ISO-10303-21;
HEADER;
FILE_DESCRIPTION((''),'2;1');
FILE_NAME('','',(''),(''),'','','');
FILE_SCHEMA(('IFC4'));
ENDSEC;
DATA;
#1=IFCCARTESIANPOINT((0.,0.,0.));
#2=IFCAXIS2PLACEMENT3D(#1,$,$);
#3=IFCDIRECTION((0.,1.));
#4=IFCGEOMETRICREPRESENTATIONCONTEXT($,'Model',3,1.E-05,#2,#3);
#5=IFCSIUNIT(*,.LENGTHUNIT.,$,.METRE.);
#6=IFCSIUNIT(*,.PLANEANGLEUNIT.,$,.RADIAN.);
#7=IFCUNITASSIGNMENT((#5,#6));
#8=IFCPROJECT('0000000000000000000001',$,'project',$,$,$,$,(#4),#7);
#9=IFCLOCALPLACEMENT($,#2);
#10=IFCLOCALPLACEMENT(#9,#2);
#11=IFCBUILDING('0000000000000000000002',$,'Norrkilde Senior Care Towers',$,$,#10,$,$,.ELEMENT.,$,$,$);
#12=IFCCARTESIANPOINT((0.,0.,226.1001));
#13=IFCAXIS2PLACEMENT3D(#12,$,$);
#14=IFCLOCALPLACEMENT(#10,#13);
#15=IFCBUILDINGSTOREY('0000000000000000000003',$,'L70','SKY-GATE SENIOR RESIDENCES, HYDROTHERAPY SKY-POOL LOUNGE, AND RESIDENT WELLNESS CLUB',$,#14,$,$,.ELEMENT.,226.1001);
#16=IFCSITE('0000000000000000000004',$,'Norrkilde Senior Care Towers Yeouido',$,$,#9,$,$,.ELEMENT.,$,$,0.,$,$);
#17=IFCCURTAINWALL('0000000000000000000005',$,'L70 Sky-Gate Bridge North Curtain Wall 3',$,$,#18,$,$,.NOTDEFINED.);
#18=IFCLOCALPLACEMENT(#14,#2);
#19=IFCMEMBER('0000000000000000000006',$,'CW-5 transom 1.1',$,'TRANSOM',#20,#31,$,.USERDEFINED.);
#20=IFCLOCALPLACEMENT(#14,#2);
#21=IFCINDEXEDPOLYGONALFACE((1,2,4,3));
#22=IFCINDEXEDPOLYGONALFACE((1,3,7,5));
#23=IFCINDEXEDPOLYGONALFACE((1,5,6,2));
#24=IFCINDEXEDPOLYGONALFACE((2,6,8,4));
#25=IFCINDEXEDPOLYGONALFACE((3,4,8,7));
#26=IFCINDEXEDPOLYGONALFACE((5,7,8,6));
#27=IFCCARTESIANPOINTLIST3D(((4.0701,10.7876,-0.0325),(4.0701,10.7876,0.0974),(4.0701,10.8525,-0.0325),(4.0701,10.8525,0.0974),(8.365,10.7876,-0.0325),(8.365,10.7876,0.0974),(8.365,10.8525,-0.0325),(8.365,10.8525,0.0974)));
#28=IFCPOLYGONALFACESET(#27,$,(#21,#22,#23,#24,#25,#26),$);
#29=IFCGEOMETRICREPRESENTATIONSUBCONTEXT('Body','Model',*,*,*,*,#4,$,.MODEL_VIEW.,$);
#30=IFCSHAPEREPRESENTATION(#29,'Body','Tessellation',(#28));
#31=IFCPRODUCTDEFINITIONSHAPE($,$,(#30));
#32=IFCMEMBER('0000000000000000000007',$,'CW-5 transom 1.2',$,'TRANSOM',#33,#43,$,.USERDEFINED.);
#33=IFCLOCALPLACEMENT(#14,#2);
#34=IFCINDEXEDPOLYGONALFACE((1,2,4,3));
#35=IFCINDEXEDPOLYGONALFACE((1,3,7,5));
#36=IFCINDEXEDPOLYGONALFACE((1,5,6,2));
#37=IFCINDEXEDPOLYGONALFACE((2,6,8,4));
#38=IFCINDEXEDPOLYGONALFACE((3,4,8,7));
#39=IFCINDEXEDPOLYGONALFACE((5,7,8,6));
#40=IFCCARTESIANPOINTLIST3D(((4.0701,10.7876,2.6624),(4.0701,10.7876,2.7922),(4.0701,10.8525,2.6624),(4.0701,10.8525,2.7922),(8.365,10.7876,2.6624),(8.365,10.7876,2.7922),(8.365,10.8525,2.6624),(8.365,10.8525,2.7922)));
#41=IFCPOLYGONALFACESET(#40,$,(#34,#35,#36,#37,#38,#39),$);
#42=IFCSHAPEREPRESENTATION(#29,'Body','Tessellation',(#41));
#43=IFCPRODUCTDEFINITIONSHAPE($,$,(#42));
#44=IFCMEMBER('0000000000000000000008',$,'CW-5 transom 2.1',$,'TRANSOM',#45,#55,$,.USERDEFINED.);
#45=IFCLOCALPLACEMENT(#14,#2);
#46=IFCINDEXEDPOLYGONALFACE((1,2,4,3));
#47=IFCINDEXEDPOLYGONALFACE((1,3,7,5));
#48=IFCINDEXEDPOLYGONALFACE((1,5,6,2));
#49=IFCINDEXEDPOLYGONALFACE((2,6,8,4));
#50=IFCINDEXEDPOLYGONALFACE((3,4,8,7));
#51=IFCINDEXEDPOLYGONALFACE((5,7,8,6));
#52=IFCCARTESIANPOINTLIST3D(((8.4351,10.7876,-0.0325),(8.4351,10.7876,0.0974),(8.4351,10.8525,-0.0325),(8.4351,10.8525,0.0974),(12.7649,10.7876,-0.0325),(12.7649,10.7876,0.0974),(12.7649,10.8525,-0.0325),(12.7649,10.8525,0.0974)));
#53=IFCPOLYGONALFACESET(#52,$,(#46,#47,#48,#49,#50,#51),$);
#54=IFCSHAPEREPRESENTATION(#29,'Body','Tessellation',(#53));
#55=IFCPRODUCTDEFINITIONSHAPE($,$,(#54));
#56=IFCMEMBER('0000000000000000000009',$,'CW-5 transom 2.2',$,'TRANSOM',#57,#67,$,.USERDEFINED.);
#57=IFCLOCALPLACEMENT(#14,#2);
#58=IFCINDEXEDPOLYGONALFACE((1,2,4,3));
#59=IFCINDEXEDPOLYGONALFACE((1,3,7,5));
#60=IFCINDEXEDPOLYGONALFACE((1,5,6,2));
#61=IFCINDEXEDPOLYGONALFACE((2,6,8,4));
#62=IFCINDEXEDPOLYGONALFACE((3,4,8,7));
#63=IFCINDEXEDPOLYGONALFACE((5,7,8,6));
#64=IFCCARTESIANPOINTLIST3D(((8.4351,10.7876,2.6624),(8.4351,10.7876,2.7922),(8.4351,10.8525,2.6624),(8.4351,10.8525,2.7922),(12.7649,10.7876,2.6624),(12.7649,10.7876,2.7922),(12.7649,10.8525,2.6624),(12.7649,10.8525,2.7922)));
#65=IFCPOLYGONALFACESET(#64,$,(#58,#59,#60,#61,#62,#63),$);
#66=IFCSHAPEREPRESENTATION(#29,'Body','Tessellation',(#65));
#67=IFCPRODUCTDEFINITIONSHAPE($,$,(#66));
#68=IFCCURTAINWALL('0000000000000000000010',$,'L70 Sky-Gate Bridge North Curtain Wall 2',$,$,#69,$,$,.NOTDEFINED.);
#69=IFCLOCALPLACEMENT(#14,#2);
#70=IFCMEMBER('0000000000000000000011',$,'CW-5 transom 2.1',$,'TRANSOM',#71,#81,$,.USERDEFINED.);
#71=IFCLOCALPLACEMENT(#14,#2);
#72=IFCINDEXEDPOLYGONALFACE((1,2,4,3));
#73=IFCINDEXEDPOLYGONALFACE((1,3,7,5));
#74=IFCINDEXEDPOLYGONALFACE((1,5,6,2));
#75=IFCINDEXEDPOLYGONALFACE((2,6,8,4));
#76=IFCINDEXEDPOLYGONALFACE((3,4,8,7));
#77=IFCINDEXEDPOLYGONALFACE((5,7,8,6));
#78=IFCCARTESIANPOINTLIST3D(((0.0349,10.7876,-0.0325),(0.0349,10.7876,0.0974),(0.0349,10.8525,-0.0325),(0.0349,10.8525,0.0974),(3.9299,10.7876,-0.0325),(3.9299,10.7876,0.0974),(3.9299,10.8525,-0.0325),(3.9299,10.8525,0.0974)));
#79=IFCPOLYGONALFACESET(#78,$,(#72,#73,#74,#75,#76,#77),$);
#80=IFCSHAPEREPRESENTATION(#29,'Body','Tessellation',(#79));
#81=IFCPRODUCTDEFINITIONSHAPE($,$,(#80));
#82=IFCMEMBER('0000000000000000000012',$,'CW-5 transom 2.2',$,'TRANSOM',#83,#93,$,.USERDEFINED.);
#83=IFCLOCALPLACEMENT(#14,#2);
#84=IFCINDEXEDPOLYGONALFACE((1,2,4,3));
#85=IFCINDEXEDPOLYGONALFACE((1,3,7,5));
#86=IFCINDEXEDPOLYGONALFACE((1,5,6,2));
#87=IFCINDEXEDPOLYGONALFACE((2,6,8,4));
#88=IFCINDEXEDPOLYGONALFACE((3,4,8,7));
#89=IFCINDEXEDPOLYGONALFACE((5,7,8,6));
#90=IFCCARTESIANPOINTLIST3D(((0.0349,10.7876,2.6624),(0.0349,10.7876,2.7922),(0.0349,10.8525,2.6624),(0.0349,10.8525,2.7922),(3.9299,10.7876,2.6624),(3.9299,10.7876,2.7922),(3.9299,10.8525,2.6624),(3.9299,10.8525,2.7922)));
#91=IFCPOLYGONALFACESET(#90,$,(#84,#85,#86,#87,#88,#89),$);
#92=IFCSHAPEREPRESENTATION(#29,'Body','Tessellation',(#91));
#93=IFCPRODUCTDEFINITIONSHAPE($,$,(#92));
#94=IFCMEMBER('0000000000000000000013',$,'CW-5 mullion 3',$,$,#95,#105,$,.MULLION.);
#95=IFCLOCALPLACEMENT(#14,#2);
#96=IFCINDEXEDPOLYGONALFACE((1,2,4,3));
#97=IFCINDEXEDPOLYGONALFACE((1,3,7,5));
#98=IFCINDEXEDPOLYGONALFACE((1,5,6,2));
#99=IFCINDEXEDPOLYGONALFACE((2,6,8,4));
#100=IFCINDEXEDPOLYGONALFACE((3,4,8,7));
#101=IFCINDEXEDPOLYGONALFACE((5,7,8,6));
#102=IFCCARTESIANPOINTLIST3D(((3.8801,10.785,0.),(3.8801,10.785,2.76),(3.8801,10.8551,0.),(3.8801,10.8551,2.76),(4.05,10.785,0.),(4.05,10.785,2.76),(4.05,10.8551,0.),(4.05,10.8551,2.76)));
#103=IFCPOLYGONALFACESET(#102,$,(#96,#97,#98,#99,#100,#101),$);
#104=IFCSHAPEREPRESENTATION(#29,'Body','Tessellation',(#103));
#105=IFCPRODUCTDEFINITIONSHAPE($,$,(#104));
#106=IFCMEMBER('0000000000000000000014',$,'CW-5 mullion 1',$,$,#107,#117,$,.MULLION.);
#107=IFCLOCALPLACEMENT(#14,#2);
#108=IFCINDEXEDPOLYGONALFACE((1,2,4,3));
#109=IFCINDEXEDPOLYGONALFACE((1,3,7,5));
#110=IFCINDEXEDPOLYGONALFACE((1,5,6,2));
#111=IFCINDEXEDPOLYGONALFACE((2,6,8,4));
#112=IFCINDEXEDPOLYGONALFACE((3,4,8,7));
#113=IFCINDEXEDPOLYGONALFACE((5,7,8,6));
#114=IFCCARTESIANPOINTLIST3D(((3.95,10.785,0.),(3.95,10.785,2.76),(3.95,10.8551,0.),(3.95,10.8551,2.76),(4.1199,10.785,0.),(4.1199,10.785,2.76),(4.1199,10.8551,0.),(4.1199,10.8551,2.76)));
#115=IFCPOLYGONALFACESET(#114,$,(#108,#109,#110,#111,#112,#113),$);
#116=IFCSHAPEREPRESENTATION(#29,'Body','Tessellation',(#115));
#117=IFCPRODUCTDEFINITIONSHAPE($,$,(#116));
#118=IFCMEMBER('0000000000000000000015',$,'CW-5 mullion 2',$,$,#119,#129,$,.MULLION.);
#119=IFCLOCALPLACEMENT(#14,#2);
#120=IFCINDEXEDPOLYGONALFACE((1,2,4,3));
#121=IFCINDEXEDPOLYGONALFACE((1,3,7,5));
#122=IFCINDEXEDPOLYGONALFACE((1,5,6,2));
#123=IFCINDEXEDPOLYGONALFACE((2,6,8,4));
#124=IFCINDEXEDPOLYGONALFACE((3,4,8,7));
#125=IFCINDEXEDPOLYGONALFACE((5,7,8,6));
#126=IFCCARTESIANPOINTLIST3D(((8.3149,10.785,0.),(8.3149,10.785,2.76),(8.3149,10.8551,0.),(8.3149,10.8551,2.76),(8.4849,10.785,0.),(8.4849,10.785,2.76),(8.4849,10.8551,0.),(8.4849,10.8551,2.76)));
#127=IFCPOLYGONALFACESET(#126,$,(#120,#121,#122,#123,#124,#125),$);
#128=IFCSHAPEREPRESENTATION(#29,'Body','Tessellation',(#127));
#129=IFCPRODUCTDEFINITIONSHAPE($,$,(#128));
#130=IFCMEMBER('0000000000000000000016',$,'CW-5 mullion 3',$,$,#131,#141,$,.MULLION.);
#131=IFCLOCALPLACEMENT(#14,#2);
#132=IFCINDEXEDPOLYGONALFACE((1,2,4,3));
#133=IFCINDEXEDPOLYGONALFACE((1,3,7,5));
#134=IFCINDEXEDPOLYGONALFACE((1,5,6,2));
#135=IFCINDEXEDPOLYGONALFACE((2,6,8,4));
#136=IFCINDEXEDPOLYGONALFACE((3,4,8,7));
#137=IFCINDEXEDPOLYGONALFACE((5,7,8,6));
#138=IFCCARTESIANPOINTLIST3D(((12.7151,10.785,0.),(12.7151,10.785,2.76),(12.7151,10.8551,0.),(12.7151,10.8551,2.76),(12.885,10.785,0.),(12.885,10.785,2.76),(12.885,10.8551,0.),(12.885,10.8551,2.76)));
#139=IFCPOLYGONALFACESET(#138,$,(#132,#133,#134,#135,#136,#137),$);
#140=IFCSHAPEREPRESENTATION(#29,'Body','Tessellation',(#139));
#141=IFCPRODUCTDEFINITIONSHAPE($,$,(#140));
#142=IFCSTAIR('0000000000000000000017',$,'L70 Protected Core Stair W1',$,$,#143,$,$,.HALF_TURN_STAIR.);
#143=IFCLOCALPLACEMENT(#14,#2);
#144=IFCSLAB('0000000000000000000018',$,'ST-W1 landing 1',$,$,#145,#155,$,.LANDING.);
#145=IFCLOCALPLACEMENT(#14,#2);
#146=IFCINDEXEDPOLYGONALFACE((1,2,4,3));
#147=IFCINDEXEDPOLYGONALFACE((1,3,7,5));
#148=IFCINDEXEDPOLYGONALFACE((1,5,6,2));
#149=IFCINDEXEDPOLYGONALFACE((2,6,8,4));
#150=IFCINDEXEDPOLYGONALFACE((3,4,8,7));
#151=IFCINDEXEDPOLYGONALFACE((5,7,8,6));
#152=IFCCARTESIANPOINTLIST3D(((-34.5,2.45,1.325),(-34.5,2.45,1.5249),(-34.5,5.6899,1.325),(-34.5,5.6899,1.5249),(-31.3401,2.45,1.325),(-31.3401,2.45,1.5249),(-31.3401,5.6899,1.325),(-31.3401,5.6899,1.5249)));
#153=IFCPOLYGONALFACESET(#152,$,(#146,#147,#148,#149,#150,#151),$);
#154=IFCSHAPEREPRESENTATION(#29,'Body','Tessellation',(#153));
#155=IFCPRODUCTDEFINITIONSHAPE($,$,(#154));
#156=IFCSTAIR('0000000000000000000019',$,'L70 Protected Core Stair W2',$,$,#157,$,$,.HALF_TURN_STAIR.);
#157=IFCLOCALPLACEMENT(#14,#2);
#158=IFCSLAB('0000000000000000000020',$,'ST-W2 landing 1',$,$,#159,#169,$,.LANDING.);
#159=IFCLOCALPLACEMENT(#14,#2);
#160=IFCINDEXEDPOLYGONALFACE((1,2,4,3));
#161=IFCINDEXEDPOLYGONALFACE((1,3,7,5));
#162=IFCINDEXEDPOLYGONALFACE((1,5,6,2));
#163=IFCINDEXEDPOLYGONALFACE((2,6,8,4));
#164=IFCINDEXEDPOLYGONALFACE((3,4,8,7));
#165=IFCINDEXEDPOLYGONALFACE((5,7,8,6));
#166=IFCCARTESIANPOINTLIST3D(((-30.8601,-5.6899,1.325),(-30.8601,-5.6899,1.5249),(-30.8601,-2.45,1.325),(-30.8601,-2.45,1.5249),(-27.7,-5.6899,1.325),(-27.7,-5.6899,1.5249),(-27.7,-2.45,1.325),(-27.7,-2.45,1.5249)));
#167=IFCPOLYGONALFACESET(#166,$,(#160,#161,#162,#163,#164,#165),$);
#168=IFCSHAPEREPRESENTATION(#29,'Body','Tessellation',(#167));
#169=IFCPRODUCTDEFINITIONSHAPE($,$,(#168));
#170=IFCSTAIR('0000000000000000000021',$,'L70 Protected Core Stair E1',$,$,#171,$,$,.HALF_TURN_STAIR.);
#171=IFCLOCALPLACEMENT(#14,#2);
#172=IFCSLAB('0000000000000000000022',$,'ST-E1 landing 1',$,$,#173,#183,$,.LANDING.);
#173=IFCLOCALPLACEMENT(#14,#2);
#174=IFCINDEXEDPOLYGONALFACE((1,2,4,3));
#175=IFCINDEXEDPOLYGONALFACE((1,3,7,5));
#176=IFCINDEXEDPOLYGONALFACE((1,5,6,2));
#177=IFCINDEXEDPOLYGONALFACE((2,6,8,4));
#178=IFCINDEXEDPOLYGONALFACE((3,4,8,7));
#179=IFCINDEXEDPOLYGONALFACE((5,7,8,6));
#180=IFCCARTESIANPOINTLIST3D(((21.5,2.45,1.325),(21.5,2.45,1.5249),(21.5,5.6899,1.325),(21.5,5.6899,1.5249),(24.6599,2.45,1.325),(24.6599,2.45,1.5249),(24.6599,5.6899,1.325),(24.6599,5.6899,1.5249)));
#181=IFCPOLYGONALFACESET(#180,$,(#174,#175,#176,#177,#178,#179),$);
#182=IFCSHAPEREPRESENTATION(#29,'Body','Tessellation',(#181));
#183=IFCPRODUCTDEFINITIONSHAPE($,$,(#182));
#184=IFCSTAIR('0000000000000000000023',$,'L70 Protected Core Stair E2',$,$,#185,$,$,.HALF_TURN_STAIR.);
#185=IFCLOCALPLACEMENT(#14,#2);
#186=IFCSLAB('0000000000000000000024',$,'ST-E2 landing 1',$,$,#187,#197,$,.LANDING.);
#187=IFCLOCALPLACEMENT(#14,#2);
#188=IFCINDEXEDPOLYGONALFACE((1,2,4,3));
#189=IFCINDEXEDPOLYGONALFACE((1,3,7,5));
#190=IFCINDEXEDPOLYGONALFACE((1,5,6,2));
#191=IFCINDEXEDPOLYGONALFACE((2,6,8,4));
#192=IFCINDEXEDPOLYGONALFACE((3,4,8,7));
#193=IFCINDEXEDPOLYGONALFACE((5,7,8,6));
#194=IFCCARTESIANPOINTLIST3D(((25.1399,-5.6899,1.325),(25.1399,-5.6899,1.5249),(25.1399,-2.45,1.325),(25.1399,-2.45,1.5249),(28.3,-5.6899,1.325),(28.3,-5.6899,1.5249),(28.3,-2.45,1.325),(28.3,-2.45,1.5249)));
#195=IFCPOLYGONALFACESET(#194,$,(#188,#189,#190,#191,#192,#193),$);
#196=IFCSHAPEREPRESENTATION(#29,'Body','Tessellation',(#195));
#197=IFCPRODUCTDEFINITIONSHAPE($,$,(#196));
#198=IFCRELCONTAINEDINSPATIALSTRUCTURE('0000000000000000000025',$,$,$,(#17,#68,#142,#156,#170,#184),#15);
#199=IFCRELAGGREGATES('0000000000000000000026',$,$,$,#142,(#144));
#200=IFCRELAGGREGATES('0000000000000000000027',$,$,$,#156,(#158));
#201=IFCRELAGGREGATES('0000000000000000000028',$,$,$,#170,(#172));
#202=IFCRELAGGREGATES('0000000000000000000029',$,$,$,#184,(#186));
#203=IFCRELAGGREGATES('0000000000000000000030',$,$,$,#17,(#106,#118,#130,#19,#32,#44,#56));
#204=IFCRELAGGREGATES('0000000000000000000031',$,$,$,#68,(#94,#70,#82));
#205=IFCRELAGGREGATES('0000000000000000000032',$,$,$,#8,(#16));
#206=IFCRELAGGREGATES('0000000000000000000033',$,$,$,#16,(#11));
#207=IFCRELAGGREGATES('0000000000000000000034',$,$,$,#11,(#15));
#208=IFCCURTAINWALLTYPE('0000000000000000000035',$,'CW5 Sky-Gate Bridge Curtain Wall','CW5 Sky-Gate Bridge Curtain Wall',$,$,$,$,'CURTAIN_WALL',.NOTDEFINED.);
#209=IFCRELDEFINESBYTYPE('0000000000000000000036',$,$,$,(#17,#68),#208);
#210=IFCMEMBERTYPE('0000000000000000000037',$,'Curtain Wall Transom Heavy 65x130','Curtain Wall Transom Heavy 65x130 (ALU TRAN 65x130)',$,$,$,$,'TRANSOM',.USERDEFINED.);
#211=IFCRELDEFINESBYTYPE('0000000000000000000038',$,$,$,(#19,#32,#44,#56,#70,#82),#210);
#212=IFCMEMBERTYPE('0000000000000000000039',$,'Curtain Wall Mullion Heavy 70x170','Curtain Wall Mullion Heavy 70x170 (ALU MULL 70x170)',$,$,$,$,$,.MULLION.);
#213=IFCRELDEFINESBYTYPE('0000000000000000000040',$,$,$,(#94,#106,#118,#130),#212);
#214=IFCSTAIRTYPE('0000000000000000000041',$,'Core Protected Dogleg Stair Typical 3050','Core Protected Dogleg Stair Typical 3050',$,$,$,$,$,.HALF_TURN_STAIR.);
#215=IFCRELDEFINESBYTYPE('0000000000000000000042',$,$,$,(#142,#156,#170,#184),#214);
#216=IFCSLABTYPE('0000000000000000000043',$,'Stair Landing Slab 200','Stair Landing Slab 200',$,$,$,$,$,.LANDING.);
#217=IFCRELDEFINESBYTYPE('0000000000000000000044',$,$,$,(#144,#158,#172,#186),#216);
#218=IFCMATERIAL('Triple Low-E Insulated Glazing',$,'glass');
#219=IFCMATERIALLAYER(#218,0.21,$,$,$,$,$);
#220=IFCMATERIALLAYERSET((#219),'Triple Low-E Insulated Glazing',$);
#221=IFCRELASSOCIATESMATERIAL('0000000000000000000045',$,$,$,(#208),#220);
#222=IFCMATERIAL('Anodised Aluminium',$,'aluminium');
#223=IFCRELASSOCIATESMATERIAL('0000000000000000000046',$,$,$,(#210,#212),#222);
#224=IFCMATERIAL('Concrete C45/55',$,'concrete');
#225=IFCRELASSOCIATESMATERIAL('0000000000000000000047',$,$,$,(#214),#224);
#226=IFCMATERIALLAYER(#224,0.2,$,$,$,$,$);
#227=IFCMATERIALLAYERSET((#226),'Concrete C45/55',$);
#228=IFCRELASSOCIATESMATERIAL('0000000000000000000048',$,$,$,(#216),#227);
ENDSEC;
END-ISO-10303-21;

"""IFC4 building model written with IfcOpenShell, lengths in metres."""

from ifc_helpers import new_model, si_unit, direction, frame, origin, origin_2d, place, context, subcontext, project, spatial, polyline, rectangle, outline, extrude, source, transform, mapped, material, layer, layer_set, material_profile, profile_set, type_object, type_shapes, element, aggregate, save


model = new_model("IFC4")

# Units and contexts
model_context = context("Model", 3, precision=1e-05, world=origin(), true_north=direction((0.0, 1.0)))
body_context = subcontext(model_context, "Body", "Model", "MODEL_VIEW")
ifc_project = project(units=[si_unit("LENGTHUNIT", "METRE"), si_unit("PLANEANGLEUNIT", "RADIAN")], contexts=[model_context])

# Site, building, storey
site_placement = place(None, origin())
site = spatial("IfcSite", under=ifc_project, at=site_placement, Name="Norrkilde Senior Care Towers Yeouido", CompositionType="ELEMENT", RefElevation=0.0)
building_placement = place(site_placement, origin())
building = spatial("IfcBuilding", under=site, at=building_placement, Name="Norrkilde Senior Care Towers", CompositionType="ELEMENT")
storey_placement = place(building_placement, frame((0.0, 0.0, 226.1001)))
storey = spatial("IfcBuildingStorey", under=building, at=storey_placement, Name="L70", Description="SKY-GATE SENIOR RESIDENCES, HYDROTHERAPY SKY-POOL LOUNGE, AND RESIDENT WELLNESS CLUB", CompositionType="ELEMENT", Elevation=226.1001)

# Curtain walls, members
ifc_material_1 = material(Name="Triple Low-E Insulated Glazing", Category="glass")
ifc_layer_1 = layer(ifc_material_1, 0.21)
ifc_layer_set_1 = layer_set([ifc_layer_1], Name="Triple Low-E Insulated Glazing")
curtain_wall_type = type_object("IfcCurtainWallType", Name="CW5 Sky-Gate Bridge Curtain Wall", Description="CW5 Sky-Gate Bridge Curtain Wall", ElementType="CURTAIN_WALL", PredefinedType="NOTDEFINED", material=ifc_layer_set_1)
curtain_wall_1_placement = place(storey_placement, origin())
curtain_wall_1 = element("IfcCurtainWall", 1, at=curtain_wall_1_placement, inside=storey, type_object=curtain_wall_type, Name="L70 Sky-Gate Bridge North Curtain Wall 3", PredefinedType="NOTDEFINED")
ifc_material_2 = material(Name="Anodised Aluminium", Category="aluminium")
ifc_material_profile_1 = material_profile(ifc_material_2, rectangle(XDim=0.0649, YDim=0.1299, at=origin_2d()), Name="ALU TRAN 65x130")
ifc_profile_set_1 = profile_set([ifc_material_profile_1], Name="Anodised Aluminium")
member_type_1 = type_object("IfcMemberType", Name="Curtain Wall Transom Heavy 65x130", Description="Curtain Wall Transom Heavy 65x130 (ALU TRAN 65x130)", ElementType="TRANSOM", PredefinedType="USERDEFINED", material=ifc_profile_set_1)
shared_shape_1 = source(origin(), body_context, "Body", "SweptSolid", [
    extrude(rectangle(XDim=0.0649, YDim=0.1299, at=origin_2d()), origin(), (0.0, 0.0, 1.0), 4.2949),
])
member_1_placement = place(storey_placement, frame((4.0701, 10.8201, 0.0325), z_axis=(1.0, 0.0, 0.0), x_axis=(0.0, 1.0, 0.0)))
member_1 = element("IfcMember", 2, at=member_1_placement, type_object=member_type_1, Name="CW-5 transom 1.1", ObjectType="TRANSOM", PredefinedType="USERDEFINED", context=body_context, shape_type="MappedRepresentation", body=[
    mapped(shared_shape_1, transform((0.0, 0.0, 0.0), x_axis=(1.0, 0.0, 0.0), y_axis=(0.0, 1.0, 0.0), z_axis=(0.0, 0.0, 1.0), scale=1.0)),
])
member_2_placement = place(storey_placement, frame((4.0701, 10.8201, 2.7273), z_axis=(1.0, 0.0, 0.0), x_axis=(0.0, 1.0, 0.0)))
member_2 = element("IfcMember", 3, at=member_2_placement, type_object=member_type_1, Name="CW-5 transom 1.2", ObjectType="TRANSOM", PredefinedType="USERDEFINED", context=body_context, shape_type="MappedRepresentation", body=[
    mapped(shared_shape_1, transform((0.0, 0.0, 0.0), x_axis=(1.0, 0.0, 0.0), y_axis=(0.0, 1.0, 0.0), z_axis=(0.0, 0.0, 1.0), scale=1.0)),
])
shared_shape_2 = source(origin(), body_context, "Body", "SweptSolid", [
    extrude(rectangle(XDim=0.0649, YDim=0.1299, at=origin_2d()), origin(), (0.0, 0.0, 1.0), 4.3298),
])
member_3_placement = place(storey_placement, frame((8.4351, 10.8201, 0.0325), z_axis=(1.0, 0.0, 0.0), x_axis=(0.0, 1.0, 0.0)))
member_3 = element("IfcMember", 4, at=member_3_placement, type_object=member_type_1, Name="CW-5 transom 2.1", ObjectType="TRANSOM", PredefinedType="USERDEFINED", context=body_context, shape_type="MappedRepresentation", body=[
    mapped(shared_shape_2, transform((0.0, 0.0, 0.0), x_axis=(1.0, 0.0, 0.0), y_axis=(0.0, 1.0, 0.0), z_axis=(0.0, 0.0, 1.0), scale=1.0)),
])
member_4_placement = place(storey_placement, frame((8.4351, 10.8201, 2.7273), z_axis=(1.0, 0.0, 0.0), x_axis=(0.0, 1.0, 0.0)))
member_4 = element("IfcMember", 5, at=member_4_placement, type_object=member_type_1, Name="CW-5 transom 2.2", ObjectType="TRANSOM", PredefinedType="USERDEFINED", context=body_context, shape_type="MappedRepresentation", body=[
    mapped(shared_shape_2, transform((0.0, 0.0, 0.0), x_axis=(1.0, 0.0, 0.0), y_axis=(0.0, 1.0, 0.0), z_axis=(0.0, 0.0, 1.0), scale=1.0)),
])
curtain_wall_2_placement = place(storey_placement, origin())
curtain_wall_2 = element("IfcCurtainWall", 6, at=curtain_wall_2_placement, inside=storey, type_object=curtain_wall_type, Name="L70 Sky-Gate Bridge North Curtain Wall 2", PredefinedType="NOTDEFINED")
shared_shape_3 = source(origin(), body_context, "Body", "SweptSolid", [
    extrude(rectangle(XDim=0.0649, YDim=0.1299, at=origin_2d()), origin(), (0.0, 0.0, 1.0), 3.895),
])
type_shapes(member_type_1, [shared_shape_1, shared_shape_2, shared_shape_3])
member_5_placement = place(storey_placement, frame((0.0349, 10.8201, 0.0325), z_axis=(1.0, 0.0, 0.0), x_axis=(0.0, 1.0, 0.0)))
member_5 = element("IfcMember", 7, at=member_5_placement, type_object=member_type_1, Name="CW-5 transom 2.1", ObjectType="TRANSOM", PredefinedType="USERDEFINED", context=body_context, shape_type="MappedRepresentation", body=[
    mapped(shared_shape_3, transform((0.0, 0.0, 0.0), x_axis=(1.0, 0.0, 0.0), y_axis=(0.0, 1.0, 0.0), z_axis=(0.0, 0.0, 1.0), scale=1.0)),
])
member_6_placement = place(storey_placement, frame((0.0349, 10.8201, 2.7273), z_axis=(1.0, 0.0, 0.0), x_axis=(0.0, 1.0, 0.0)))
member_6 = element("IfcMember", 8, at=member_6_placement, type_object=member_type_1, Name="CW-5 transom 2.2", ObjectType="TRANSOM", PredefinedType="USERDEFINED", context=body_context, shape_type="MappedRepresentation", body=[
    mapped(shared_shape_3, transform((0.0, 0.0, 0.0), x_axis=(1.0, 0.0, 0.0), y_axis=(0.0, 1.0, 0.0), z_axis=(0.0, 0.0, 1.0), scale=1.0)),
])
ifc_material_profile_2 = material_profile(ifc_material_2, rectangle(XDim=0.0701, YDim=0.1699, at=origin_2d()), Name="ALU MULL 70x170")
ifc_profile_set_2 = profile_set([ifc_material_profile_2], Name="Anodised Aluminium")
member_type_2 = type_object("IfcMemberType", Name="Curtain Wall Mullion Heavy 70x170", Description="Curtain Wall Mullion Heavy 70x170 (ALU MULL 70x170)", PredefinedType="MULLION", material=ifc_profile_set_2)
shared_shape_4 = source(origin(), body_context, "Body", "SweptSolid", [
    extrude(rectangle(XDim=0.0701, YDim=0.1699, at=origin_2d()), origin(), (0.0, 0.0, 1.0), 2.76),
])
type_shapes(member_type_2, [shared_shape_4])
member_7_placement = place(storey_placement, frame((3.9651, 10.8201, 0.0), z_axis=(0.0, 0.0, 1.0), x_axis=(0.0, 1.0, 0.0)))
member_7 = element("IfcMember", 9, at=member_7_placement, type_object=member_type_2, Name="CW-5 mullion 3", PredefinedType="MULLION", context=body_context, shape_type="MappedRepresentation", body=[
    mapped(shared_shape_4, transform((0.0, 0.0, 0.0), x_axis=(1.0, 0.0, 0.0), y_axis=(0.0, 1.0, 0.0), z_axis=(0.0, 0.0, 1.0), scale=1.0)),
])

# Members
member_8_placement = place(storey_placement, frame((4.0349, 10.8201, 0.0), z_axis=(0.0, 0.0, 1.0), x_axis=(0.0, 1.0, 0.0)))
member_8 = element("IfcMember", 10, at=member_8_placement, type_object=member_type_2, Name="CW-5 mullion 1", PredefinedType="MULLION", context=body_context, shape_type="MappedRepresentation", body=[
    mapped(shared_shape_4, transform((0.0, 0.0, 0.0), x_axis=(1.0, 0.0, 0.0), y_axis=(0.0, 1.0, 0.0), z_axis=(0.0, 0.0, 1.0), scale=1.0)),
])
member_9_placement = place(storey_placement, frame((8.3999, 10.8201, 0.0), z_axis=(0.0, 0.0, 1.0), x_axis=(0.0, 1.0, 0.0)))
member_9 = element("IfcMember", 11, at=member_9_placement, type_object=member_type_2, Name="CW-5 mullion 2", PredefinedType="MULLION", context=body_context, shape_type="MappedRepresentation", body=[
    mapped(shared_shape_4, transform((0.0, 0.0, 0.0), x_axis=(1.0, 0.0, 0.0), y_axis=(0.0, 1.0, 0.0), z_axis=(0.0, 0.0, 1.0), scale=1.0)),
])
member_10_placement = place(storey_placement, frame((12.8, 10.8201, 0.0), z_axis=(0.0, 0.0, 1.0), x_axis=(0.0, 1.0, 0.0)))
member_10 = element("IfcMember", 12, at=member_10_placement, type_object=member_type_2, Name="CW-5 mullion 3", PredefinedType="MULLION", context=body_context, shape_type="MappedRepresentation", body=[
    mapped(shared_shape_4, transform((0.0, 0.0, 0.0), x_axis=(1.0, 0.0, 0.0), y_axis=(0.0, 1.0, 0.0), z_axis=(0.0, 0.0, 1.0), scale=1.0)),
])

# Stairs, slabs
ifc_material_3 = material(Name="Concrete C45/55", Category="concrete")
stair_type = type_object("IfcStairType", Name="Core Protected Dogleg Stair Typical 3050", Description="Core Protected Dogleg Stair Typical 3050", PredefinedType="HALF_TURN_STAIR", material=ifc_material_3)
stair_1_placement = place(storey_placement, origin())
stair_1 = element("IfcStair", 13, at=stair_1_placement, inside=storey, type_object=stair_type, Name="L70 Protected Core Stair W1", PredefinedType="HALF_TURN_STAIR")
ifc_layer_2 = layer(ifc_material_3, 0.2)
ifc_layer_set_2 = layer_set([ifc_layer_2], Name="Concrete C45/55")
slab_type = type_object("IfcSlabType", Name="Stair Landing Slab 200", Description="Stair Landing Slab 200", PredefinedType="LANDING", material=ifc_layer_set_2)
slab_1_placement = place(storey_placement, frame((0.0, 0.0, 1.325)))
slab_1 = element("IfcSlab", 14, at=slab_1_placement, type_object=slab_type, Name="ST-W1 landing 1", PredefinedType="LANDING", context=body_context, shape_type="SweptSolid", body=[
    extrude(outline(polyline([(-31.3401, 5.6899), (-34.5, 5.6899), (-34.5, 2.45), (-31.3401, 2.45), (-31.3401, 5.6899)])), origin(), (0.0, 0.0, 1.0), 0.2),
])
aggregate(stair_1, [slab_1])
stair_2_placement = place(storey_placement, origin())
stair_2 = element("IfcStair", 15, at=stair_2_placement, inside=storey, type_object=stair_type, Name="L70 Protected Core Stair W2", PredefinedType="HALF_TURN_STAIR")
slab_2_placement = place(storey_placement, frame((0.0, 0.0, 1.325)))
slab_2 = element("IfcSlab", 16, at=slab_2_placement, type_object=slab_type, Name="ST-W2 landing 1", PredefinedType="LANDING", context=body_context, shape_type="SweptSolid", body=[
    extrude(outline(polyline([(-30.8601, -5.6899), (-27.7, -5.6899), (-27.7, -2.45), (-30.8601, -2.45), (-30.8601, -5.6899)])), origin(), (0.0, 0.0, 1.0), 0.2),
])
aggregate(stair_2, [slab_2])
stair_3_placement = place(storey_placement, origin())
stair_3 = element("IfcStair", 17, at=stair_3_placement, inside=storey, type_object=stair_type, Name="L70 Protected Core Stair E1", PredefinedType="HALF_TURN_STAIR")
slab_3_placement = place(storey_placement, frame((0.0, 0.0, 1.325)))
slab_3 = element("IfcSlab", 18, at=slab_3_placement, type_object=slab_type, Name="ST-E1 landing 1", PredefinedType="LANDING", context=body_context, shape_type="SweptSolid", body=[
    extrude(outline(polyline([(24.6599, 5.6899), (21.5, 5.6899), (21.5, 2.45), (24.6599, 2.45), (24.6599, 5.6899)])), origin(), (0.0, 0.0, 1.0), 0.2),
])
aggregate(stair_3, [slab_3])
stair_4_placement = place(storey_placement, origin())
stair_4 = element("IfcStair", 19, at=stair_4_placement, inside=storey, type_object=stair_type, Name="L70 Protected Core Stair E2", PredefinedType="HALF_TURN_STAIR")
slab_4_placement = place(storey_placement, frame((0.0, 0.0, 1.325)))
slab_4 = element("IfcSlab", 20, at=slab_4_placement, type_object=slab_type, Name="ST-E2 landing 1", PredefinedType="LANDING", context=body_context, shape_type="SweptSolid", body=[
    extrude(outline(polyline([(25.1399, -5.6899), (28.3, -5.6899), (28.3, -2.45), (25.1399, -2.45), (25.1399, -5.6899)])), origin(), (0.0, 0.0, 1.0), 0.2),
])
aggregate(stair_4, [slab_4])

aggregate(curtain_wall_1, [member_8, member_9, member_10, member_1, member_2, member_3, member_4])
aggregate(curtain_wall_2, [member_7, member_5, member_6])

save(model, "model.ifc")
